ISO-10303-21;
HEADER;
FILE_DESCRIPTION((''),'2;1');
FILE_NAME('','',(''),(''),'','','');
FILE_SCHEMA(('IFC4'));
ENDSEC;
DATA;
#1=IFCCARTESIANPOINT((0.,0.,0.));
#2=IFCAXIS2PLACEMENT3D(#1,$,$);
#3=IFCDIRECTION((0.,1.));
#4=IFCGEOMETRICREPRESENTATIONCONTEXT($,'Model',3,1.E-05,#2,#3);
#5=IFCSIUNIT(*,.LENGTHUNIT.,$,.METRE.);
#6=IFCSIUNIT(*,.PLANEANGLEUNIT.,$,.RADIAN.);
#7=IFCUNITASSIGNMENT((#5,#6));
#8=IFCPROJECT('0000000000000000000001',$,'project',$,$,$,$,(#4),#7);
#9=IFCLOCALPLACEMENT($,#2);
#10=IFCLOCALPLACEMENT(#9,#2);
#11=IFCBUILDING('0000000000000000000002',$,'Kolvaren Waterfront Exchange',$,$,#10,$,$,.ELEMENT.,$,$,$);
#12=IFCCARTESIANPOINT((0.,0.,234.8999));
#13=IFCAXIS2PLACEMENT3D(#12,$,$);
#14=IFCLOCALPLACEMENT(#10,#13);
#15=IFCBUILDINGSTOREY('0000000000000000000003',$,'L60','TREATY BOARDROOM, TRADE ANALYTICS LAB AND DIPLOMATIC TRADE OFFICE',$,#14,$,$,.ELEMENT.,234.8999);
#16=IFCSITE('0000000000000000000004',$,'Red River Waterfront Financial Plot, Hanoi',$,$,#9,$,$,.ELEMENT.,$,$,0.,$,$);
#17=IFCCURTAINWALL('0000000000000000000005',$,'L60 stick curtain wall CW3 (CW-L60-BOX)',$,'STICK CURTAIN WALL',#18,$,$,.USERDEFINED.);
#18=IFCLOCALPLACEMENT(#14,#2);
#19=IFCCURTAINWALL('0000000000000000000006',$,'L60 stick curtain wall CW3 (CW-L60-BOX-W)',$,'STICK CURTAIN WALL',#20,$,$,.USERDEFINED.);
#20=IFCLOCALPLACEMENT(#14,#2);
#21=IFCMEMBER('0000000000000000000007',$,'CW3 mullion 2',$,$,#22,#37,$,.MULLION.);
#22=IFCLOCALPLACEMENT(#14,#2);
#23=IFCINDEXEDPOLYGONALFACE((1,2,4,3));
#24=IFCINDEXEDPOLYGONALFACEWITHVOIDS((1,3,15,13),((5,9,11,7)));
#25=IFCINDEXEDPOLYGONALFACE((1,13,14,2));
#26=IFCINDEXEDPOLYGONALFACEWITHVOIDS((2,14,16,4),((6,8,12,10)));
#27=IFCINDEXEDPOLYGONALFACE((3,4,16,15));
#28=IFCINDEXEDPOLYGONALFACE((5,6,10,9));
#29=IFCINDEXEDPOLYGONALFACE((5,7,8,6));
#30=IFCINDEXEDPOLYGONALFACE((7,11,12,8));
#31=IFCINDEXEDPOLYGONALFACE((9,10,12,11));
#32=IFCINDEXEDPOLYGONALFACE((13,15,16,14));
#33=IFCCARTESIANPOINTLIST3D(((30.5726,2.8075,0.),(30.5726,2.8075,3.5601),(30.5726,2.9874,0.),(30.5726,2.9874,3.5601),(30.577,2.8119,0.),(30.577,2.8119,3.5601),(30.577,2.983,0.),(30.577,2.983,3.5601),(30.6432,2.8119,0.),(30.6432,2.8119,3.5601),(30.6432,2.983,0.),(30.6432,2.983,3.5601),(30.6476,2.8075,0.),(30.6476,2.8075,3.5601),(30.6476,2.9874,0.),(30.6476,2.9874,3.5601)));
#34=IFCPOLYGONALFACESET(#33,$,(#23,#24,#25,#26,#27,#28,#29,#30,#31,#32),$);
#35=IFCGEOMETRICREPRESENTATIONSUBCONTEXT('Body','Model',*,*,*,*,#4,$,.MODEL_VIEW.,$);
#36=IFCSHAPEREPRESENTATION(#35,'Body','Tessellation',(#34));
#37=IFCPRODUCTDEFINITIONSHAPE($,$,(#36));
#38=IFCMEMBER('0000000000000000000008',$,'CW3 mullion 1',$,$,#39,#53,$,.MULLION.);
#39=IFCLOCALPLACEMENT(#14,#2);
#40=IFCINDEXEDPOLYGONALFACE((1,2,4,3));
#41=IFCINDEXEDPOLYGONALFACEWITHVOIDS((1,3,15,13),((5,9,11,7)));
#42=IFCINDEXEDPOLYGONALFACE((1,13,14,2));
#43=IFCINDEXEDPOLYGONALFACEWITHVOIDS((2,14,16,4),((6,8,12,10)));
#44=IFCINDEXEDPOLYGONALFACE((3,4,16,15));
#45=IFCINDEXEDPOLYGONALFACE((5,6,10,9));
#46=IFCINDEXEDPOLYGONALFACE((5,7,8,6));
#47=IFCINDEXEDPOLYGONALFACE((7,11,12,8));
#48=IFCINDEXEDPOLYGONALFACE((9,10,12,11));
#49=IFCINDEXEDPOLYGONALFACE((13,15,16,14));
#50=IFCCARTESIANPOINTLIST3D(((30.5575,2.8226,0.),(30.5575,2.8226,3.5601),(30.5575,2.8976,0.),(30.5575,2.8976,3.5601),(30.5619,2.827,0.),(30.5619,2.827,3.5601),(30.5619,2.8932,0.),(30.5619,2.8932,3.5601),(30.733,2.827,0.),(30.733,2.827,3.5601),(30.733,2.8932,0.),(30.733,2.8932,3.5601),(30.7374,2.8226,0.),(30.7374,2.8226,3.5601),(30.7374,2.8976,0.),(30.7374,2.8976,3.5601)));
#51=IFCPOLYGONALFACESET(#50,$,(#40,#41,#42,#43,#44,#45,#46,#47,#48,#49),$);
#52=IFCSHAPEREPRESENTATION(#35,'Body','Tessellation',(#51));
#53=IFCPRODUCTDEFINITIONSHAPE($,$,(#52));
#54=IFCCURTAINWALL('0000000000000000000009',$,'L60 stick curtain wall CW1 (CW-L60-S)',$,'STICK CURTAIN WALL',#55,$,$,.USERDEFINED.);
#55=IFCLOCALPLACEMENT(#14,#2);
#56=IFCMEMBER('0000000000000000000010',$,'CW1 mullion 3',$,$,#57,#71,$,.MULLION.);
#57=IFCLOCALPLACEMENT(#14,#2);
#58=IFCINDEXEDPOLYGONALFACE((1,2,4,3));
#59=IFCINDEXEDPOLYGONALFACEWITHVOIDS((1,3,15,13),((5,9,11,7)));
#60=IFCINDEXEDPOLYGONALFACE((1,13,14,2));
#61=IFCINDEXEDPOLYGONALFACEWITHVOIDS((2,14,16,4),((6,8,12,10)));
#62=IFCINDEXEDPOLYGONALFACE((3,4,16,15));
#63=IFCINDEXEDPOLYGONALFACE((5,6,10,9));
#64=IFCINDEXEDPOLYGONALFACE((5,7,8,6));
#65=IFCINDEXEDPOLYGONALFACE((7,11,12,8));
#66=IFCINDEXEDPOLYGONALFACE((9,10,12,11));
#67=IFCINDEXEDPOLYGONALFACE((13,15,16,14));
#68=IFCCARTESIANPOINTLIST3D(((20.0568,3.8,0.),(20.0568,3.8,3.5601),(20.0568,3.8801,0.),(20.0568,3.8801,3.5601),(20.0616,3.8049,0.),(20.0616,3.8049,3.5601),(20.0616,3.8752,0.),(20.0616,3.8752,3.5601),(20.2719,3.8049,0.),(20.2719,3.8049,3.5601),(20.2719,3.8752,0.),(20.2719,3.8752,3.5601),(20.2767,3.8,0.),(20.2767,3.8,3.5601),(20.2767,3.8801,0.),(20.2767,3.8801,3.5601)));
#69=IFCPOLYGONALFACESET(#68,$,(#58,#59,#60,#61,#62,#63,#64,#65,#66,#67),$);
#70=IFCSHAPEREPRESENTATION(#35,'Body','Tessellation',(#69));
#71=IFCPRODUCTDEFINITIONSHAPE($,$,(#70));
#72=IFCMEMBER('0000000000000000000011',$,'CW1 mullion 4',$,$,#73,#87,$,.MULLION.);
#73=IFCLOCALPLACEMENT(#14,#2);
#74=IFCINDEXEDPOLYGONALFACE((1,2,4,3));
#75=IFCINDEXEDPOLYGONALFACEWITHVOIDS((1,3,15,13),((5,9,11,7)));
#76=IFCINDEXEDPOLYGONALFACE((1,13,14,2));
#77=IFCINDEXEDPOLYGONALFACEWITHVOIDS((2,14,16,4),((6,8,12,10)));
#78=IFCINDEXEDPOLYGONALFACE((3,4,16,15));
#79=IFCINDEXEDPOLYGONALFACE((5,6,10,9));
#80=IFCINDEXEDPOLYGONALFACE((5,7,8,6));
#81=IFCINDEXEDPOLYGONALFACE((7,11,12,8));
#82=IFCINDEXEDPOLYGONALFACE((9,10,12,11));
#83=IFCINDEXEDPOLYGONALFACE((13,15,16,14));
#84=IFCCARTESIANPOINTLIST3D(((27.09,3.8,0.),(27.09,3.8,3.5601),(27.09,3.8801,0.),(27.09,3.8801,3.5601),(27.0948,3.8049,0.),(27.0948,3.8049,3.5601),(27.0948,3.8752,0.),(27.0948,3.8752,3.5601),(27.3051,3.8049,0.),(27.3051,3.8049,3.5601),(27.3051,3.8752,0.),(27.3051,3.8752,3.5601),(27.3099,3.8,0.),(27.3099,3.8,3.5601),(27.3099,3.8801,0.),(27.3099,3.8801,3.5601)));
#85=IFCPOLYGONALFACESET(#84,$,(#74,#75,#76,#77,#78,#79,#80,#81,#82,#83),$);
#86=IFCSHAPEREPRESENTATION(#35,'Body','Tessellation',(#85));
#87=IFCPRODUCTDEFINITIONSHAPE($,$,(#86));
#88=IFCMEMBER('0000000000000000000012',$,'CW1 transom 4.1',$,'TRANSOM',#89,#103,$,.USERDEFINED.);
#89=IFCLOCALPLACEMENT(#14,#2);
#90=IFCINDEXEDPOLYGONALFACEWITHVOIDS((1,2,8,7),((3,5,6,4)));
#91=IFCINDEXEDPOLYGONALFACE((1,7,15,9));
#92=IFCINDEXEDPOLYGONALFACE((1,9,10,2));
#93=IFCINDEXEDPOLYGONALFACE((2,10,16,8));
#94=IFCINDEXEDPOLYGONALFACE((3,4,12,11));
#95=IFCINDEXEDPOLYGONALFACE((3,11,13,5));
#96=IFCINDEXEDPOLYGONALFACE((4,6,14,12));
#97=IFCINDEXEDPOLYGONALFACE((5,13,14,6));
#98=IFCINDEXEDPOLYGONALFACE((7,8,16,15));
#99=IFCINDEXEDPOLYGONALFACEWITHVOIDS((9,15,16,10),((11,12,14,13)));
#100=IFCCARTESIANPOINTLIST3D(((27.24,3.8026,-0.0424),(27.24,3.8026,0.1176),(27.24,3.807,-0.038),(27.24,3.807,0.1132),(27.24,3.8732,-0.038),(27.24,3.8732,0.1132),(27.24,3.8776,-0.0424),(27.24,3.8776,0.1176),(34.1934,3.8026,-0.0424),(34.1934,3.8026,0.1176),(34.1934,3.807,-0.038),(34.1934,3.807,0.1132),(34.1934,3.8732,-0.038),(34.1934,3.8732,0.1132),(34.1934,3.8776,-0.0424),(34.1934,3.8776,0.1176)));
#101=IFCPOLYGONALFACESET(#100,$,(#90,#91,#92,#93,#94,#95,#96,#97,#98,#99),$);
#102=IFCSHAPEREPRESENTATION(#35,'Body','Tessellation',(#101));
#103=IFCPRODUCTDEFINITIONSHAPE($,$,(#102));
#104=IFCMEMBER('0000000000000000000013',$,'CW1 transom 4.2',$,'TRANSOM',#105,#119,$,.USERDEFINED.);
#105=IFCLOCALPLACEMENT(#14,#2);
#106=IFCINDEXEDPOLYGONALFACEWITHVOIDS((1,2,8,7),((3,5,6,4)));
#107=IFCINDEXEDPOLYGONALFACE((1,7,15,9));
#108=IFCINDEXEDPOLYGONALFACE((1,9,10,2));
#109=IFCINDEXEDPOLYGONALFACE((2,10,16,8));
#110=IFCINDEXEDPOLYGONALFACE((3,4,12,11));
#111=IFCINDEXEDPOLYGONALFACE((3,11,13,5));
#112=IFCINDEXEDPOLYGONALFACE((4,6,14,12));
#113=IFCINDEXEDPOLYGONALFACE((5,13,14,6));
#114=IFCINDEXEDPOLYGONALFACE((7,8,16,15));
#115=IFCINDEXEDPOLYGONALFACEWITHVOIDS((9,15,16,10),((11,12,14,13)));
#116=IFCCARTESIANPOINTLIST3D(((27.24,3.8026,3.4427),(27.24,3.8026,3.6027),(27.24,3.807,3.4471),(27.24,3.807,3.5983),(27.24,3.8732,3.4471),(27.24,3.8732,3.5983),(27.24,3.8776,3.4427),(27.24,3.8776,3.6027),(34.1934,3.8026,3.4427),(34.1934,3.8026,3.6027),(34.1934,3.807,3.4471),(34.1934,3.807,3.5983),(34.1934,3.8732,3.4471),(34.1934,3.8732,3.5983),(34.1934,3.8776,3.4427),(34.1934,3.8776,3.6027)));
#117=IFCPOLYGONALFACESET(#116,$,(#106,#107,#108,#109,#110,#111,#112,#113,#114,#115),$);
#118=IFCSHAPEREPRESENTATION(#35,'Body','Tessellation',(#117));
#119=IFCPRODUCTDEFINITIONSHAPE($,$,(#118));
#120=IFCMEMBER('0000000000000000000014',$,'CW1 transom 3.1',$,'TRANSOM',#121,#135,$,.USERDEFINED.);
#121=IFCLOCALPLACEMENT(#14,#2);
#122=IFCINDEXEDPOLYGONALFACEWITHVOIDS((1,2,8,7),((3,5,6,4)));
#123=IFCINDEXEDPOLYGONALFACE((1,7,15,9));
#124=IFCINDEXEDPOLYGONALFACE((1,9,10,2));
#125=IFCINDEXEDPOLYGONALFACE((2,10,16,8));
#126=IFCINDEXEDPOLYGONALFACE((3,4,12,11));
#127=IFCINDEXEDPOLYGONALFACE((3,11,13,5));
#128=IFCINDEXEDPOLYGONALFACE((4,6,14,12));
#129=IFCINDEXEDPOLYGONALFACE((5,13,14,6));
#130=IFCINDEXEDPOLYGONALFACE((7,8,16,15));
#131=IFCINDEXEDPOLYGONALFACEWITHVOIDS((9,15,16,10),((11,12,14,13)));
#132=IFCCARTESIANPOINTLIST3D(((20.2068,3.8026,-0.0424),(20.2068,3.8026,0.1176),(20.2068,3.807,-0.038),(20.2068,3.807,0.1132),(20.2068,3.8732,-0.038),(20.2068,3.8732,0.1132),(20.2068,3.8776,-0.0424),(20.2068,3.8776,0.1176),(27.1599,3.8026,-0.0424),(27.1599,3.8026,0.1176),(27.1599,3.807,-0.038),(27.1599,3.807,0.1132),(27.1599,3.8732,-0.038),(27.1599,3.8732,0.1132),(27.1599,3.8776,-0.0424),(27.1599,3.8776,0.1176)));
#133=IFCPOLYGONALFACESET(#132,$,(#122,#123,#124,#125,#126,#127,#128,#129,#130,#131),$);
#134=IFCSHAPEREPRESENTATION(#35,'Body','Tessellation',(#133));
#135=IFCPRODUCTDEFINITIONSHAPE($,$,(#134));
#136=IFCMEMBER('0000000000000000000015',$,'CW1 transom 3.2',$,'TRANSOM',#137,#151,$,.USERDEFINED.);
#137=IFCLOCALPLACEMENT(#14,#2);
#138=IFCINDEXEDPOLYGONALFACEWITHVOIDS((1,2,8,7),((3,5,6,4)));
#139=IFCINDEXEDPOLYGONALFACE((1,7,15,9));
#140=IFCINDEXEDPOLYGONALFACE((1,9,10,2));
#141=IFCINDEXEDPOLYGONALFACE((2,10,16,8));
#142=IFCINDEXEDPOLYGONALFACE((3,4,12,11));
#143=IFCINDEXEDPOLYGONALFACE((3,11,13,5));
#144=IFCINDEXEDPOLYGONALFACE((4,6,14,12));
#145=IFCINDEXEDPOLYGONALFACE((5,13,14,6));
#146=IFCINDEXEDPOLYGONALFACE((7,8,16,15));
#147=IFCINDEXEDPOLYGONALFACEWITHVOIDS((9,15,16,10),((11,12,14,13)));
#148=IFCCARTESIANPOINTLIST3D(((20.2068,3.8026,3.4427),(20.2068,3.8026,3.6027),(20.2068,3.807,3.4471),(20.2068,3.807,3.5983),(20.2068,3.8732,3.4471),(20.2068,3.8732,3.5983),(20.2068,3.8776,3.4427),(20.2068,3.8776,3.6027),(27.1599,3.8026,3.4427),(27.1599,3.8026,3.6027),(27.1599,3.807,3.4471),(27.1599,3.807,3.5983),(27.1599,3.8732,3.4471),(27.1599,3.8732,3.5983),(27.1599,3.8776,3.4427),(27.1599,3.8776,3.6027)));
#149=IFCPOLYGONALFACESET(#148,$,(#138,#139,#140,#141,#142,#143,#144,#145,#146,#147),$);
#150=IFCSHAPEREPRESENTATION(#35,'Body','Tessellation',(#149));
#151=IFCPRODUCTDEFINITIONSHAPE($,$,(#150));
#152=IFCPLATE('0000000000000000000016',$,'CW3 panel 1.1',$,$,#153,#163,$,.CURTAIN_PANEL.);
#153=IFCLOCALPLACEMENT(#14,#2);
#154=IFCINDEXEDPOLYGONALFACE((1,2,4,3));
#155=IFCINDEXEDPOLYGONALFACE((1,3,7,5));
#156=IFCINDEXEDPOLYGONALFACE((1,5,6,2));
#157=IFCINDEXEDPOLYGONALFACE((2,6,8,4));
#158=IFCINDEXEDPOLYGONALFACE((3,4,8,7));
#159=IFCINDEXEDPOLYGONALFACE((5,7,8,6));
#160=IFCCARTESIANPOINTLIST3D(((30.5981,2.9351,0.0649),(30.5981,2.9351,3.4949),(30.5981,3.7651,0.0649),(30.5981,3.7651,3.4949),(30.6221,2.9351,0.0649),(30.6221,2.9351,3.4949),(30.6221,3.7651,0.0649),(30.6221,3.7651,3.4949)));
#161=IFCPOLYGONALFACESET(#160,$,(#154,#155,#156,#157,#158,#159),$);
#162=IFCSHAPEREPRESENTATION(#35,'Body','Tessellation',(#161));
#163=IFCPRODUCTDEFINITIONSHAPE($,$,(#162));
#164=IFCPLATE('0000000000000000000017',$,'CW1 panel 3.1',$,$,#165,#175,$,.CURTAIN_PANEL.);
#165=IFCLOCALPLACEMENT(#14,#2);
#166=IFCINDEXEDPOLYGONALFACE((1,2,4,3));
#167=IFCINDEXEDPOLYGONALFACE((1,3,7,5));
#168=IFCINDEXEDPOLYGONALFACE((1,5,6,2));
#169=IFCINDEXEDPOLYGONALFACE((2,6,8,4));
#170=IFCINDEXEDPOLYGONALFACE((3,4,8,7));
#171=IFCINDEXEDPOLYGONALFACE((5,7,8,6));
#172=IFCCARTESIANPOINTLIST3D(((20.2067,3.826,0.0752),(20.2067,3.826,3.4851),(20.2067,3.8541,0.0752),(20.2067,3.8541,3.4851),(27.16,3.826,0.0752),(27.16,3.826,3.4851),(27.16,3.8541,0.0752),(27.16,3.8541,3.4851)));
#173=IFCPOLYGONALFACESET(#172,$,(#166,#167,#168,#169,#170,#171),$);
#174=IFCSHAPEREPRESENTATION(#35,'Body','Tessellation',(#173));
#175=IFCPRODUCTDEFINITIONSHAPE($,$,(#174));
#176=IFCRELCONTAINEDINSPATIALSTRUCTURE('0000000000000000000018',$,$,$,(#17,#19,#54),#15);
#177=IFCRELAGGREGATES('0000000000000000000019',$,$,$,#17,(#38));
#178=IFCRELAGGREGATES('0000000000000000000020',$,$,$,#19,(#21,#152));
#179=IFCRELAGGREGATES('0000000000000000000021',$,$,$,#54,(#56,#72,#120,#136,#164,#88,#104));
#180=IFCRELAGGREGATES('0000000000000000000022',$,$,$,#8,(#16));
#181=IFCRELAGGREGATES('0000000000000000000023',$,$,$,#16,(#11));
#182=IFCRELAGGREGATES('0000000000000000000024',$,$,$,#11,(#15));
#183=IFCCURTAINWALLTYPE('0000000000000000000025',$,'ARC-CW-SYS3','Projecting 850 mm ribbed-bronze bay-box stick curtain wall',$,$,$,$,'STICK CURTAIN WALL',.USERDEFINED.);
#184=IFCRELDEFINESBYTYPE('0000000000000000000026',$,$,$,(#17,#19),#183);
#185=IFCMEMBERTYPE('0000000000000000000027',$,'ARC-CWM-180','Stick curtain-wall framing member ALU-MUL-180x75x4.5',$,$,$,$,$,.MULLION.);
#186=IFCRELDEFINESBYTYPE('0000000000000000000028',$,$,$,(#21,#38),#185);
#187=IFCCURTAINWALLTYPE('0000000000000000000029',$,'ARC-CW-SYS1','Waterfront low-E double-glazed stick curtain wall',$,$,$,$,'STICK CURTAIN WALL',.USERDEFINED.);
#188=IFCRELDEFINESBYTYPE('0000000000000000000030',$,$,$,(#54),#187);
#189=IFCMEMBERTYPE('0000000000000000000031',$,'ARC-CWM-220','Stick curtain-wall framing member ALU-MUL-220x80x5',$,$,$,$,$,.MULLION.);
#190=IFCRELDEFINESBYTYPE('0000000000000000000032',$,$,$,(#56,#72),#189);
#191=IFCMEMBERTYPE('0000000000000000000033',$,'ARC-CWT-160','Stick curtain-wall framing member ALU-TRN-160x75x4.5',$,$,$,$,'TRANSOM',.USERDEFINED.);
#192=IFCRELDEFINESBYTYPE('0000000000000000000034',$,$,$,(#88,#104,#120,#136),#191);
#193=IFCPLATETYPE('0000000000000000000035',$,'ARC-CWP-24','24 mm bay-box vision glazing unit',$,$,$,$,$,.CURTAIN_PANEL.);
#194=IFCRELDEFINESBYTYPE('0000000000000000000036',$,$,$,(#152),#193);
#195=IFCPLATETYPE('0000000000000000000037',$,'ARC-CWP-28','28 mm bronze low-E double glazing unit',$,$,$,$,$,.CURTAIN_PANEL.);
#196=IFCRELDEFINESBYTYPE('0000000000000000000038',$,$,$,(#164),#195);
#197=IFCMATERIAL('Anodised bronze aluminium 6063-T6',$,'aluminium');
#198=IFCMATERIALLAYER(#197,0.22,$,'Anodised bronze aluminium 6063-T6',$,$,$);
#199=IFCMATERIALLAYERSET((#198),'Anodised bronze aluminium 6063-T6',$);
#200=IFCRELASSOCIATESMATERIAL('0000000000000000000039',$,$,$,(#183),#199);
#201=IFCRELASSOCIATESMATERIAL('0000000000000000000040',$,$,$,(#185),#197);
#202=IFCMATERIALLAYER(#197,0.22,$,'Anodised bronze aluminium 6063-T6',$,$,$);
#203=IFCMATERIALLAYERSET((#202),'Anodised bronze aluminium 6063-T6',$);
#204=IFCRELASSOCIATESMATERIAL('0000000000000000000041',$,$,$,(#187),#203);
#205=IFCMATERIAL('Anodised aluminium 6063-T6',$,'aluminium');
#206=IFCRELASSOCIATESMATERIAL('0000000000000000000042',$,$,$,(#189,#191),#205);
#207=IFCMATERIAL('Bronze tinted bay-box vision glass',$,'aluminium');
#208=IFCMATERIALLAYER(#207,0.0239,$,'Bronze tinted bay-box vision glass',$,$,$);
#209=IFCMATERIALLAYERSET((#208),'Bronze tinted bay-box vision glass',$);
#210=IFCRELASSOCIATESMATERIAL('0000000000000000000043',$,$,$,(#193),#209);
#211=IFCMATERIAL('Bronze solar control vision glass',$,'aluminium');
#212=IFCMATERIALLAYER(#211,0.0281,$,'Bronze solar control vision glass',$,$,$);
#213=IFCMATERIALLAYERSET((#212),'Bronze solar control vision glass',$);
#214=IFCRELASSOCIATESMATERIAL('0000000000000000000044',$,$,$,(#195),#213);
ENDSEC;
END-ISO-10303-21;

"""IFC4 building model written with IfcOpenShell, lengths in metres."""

from ifc_helpers import new_model, si_unit, direction, frame, origin, origin_with_axes, origin_2d, place, context, subcontext, project, spatial, rectangle, hollow_rectangle, extrude, source, transform, mapped, material, layer, layer_set, material_profile, profile_set, type_object, element, aggregate, save


model = new_model("IFC4")

# Units and contexts
model_context = context("Model", 3, precision=1e-05, world=origin(), true_north=direction((0.0, 1.0)))
body_context = subcontext(model_context, "Body", "Model", "MODEL_VIEW")
ifc_project = project(units=[si_unit("LENGTHUNIT", "METRE"), si_unit("PLANEANGLEUNIT", "RADIAN")], contexts=[model_context])

# Site, building, storey
site_placement = place(None, origin())
site = spatial("IfcSite", under=ifc_project, at=site_placement, Name="Red River Waterfront Financial Plot, Hanoi", CompositionType="ELEMENT", RefElevation=0.0)
building_placement = place(site_placement, origin())
building = spatial("IfcBuilding", under=site, at=building_placement, Name="Kolvaren Waterfront Exchange", CompositionType="ELEMENT")
storey_placement = place(building_placement, frame((0.0, 0.0, 234.8999)))
storey = spatial("IfcBuildingStorey", under=building, at=storey_placement, Name="L60", Description="TREATY BOARDROOM, TRADE ANALYTICS LAB AND DIPLOMATIC TRADE OFFICE", CompositionType="ELEMENT", Elevation=234.8999)

# Curtain wall
ifc_material_1 = material(Name="Anodised bronze aluminium 6063-T6", Category="aluminium")
ifc_layer_1 = layer(ifc_material_1, 0.22, Name="Anodised bronze aluminium 6063-T6")
ifc_layer_set_1 = layer_set([ifc_layer_1], Name="Anodised bronze aluminium 6063-T6")
curtain_wall_type_1 = type_object("IfcCurtainWallType", Name="ARC-CW-SYS3", Description="Projecting 850 mm ribbed-bronze bay-box stick curtain wall", ElementType="STICK CURTAIN WALL", PredefinedType="USERDEFINED", material=ifc_layer_set_1)
curtain_wall_1_placement = place(storey_placement, origin())
curtain_wall_1 = element("IfcCurtainWall", 1, at=curtain_wall_1_placement, inside=storey, type_object=curtain_wall_type_1, Name="L60 stick curtain wall CW3 (CW-L60-BOX)", ObjectType="STICK CURTAIN WALL", PredefinedType="USERDEFINED")

# Curtain wall, member
curtain_wall_2_placement = place(storey_placement, origin())
curtain_wall_2 = element("IfcCurtainWall", 2, at=curtain_wall_2_placement, inside=storey, type_object=curtain_wall_type_1, Name="L60 stick curtain wall CW3 (CW-L60-BOX-W)", ObjectType="STICK CURTAIN WALL", PredefinedType="USERDEFINED")
ifc_material_profile_1 = material_profile(ifc_material_1, hollow_rectangle(XDim=0.075, YDim=0.1799, WallThickness=0.0044, at=origin_2d()), Name="ALU-MUL-180x75x4.5")
ifc_profile_set_1 = profile_set([ifc_material_profile_1], Name="Anodised bronze aluminium 6063-T6")
member_type_1 = type_object("IfcMemberType", Name="ARC-CWM-180", Description="Stick curtain-wall framing member ALU-MUL-180x75x4.5", PredefinedType="MULLION", material=ifc_profile_set_1)
shared_shape_1 = source(origin_with_axes(), body_context, "Body", "SweptSolid", [
    extrude(hollow_rectangle(XDim=0.075, YDim=0.1799, WallThickness=0.0044, at=origin_2d()), origin(), (0.0, 0.0, 1.0), 3.5601),
])
member_1_placement = place(storey_placement, frame((30.6101, 2.8975, 0.0), z_axis=(0.0, 0.0, 1.0), x_axis=(1.0, 0.0, 0.0)))
member_1 = element("IfcMember", 3, at=member_1_placement, type_object=member_type_1, Name="CW3 mullion 2", PredefinedType="MULLION", context=body_context, shape_type="MappedRepresentation", body=[
    mapped(shared_shape_1, transform((0.0, 0.0, 0.0), x_axis=(1.0, 0.0, 0.0), y_axis=(0.0, 1.0, 0.0), z_axis=(0.0, 0.0, 1.0), scale=1.0)),
])

# Member
member_2_placement = place(storey_placement, frame((30.6475, 2.8601, 0.0), z_axis=(0.0, 0.0, 1.0), x_axis=(0.0, 1.0, 0.0)))
member_2 = element("IfcMember", 4, at=member_2_placement, type_object=member_type_1, Name="CW3 mullion 1", PredefinedType="MULLION", context=body_context, shape_type="MappedRepresentation", body=[
    mapped(shared_shape_1, transform((0.0, 0.0, 0.0), x_axis=(1.0, 0.0, 0.0), y_axis=(0.0, 1.0, 0.0), z_axis=(0.0, 0.0, 1.0), scale=1.0)),
])
aggregate(curtain_wall_1, [member_2])

# Curtain wall, members
ifc_layer_2 = layer(ifc_material_1, 0.22, Name="Anodised bronze aluminium 6063-T6")
ifc_layer_set_2 = layer_set([ifc_layer_2], Name="Anodised bronze aluminium 6063-T6")
curtain_wall_type_2 = type_object("IfcCurtainWallType", Name="ARC-CW-SYS1", Description="Waterfront low-E double-glazed stick curtain wall", ElementType="STICK CURTAIN WALL", PredefinedType="USERDEFINED", material=ifc_layer_set_2)
curtain_wall_3_placement = place(storey_placement, origin())
curtain_wall_3 = element("IfcCurtainWall", 5, at=curtain_wall_3_placement, inside=storey, type_object=curtain_wall_type_2, Name="L60 stick curtain wall CW1 (CW-L60-S)", ObjectType="STICK CURTAIN WALL", PredefinedType="USERDEFINED")
ifc_material_2 = material(Name="Anodised aluminium 6063-T6", Category="aluminium")
ifc_material_profile_2 = material_profile(ifc_material_2, hollow_rectangle(XDim=0.0801, YDim=0.22, WallThickness=0.0049, at=origin_2d()), Name="ALU-MUL-220x80x5")
ifc_profile_set_2 = profile_set([ifc_material_profile_2], Name="Anodised aluminium 6063-T6")
member_type_2 = type_object("IfcMemberType", Name="ARC-CWM-220", Description="Stick curtain-wall framing member ALU-MUL-220x80x5", PredefinedType="MULLION", material=ifc_profile_set_2)
shared_shape_2 = source(origin_with_axes(), body_context, "Body", "SweptSolid", [
    extrude(hollow_rectangle(XDim=0.0801, YDim=0.22, WallThickness=0.0049, at=origin_2d()), origin(), (0.0, 0.0, 1.0), 3.5601),
])
member_3_placement = place(storey_placement, frame((20.1667, 3.8401, 0.0), z_axis=(0.0, 0.0, 1.0), x_axis=(0.0, 1.0, 0.0)))
member_3 = element("IfcMember", 6, at=member_3_placement, type_object=member_type_2, Name="CW1 mullion 3", PredefinedType="MULLION", context=body_context, shape_type="MappedRepresentation", body=[
    mapped(shared_shape_2, transform((0.0, 0.0, 0.0), x_axis=(1.0, 0.0, 0.0), y_axis=(0.0, 1.0, 0.0), z_axis=(0.0, 0.0, 1.0), scale=1.0)),
])
member_4_placement = place(storey_placement, frame((27.2, 3.8401, 0.0), z_axis=(0.0, 0.0, 1.0), x_axis=(0.0, 1.0, 0.0)))
member_4 = element("IfcMember", 7, at=member_4_placement, type_object=member_type_2, Name="CW1 mullion 4", PredefinedType="MULLION", context=body_context, shape_type="MappedRepresentation", body=[
    mapped(shared_shape_2, transform((0.0, 0.0, 0.0), x_axis=(1.0, 0.0, 0.0), y_axis=(0.0, 1.0, 0.0), z_axis=(0.0, 0.0, 1.0), scale=1.0)),
])
ifc_material_profile_3 = material_profile(ifc_material_2, hollow_rectangle(XDim=0.075, YDim=0.1599, WallThickness=0.0044, at=origin_2d()), Name="ALU-TRN-160x75x4.5")
ifc_profile_set_3 = profile_set([ifc_material_profile_3], Name="Anodised aluminium 6063-T6")
member_type_3 = type_object("IfcMemberType", Name="ARC-CWT-160", Description="Stick curtain-wall framing member ALU-TRN-160x75x4.5", ElementType="TRANSOM", PredefinedType="USERDEFINED", material=ifc_profile_set_3)
shared_shape_3 = source(origin_with_axes(), body_context, "Body", "SweptSolid", [
    extrude(hollow_rectangle(XDim=0.075, YDim=0.1599, WallThickness=0.0044, at=origin_2d()), origin(), (0.0, 0.0, 1.0), 6.9534),
])
member_5_placement = place(storey_placement, frame((27.24, 3.8401, 0.0376), z_axis=(1.0, 0.0, 0.0), x_axis=(0.0, 1.0, 0.0)))
member_5 = element("IfcMember", 8, at=member_5_placement, type_object=member_type_3, Name="CW1 transom 4.1", ObjectType="TRANSOM", PredefinedType="USERDEFINED", context=body_context, shape_type="MappedRepresentation", body=[
    mapped(shared_shape_3, transform((0.0, 0.0, 0.0), x_axis=(1.0, 0.0, 0.0), y_axis=(0.0, 1.0, 0.0), z_axis=(0.0, 0.0, 1.0), scale=1.0)),
])
member_6_placement = place(storey_placement, frame((27.24, 3.8401, 3.5227), z_axis=(1.0, 0.0, 0.0), x_axis=(0.0, 1.0, 0.0)))
member_6 = element("IfcMember", 9, at=member_6_placement, type_object=member_type_3, Name="CW1 transom 4.2", ObjectType="TRANSOM", PredefinedType="USERDEFINED", context=body_context, shape_type="MappedRepresentation", body=[
    mapped(shared_shape_3, transform((0.0, 0.0, 0.0), x_axis=(1.0, 0.0, 0.0), y_axis=(0.0, 1.0, 0.0), z_axis=(0.0, 0.0, 1.0), scale=1.0)),
])
shared_shape_4 = source(origin_with_axes(), body_context, "Body", "SweptSolid", [
    extrude(hollow_rectangle(XDim=0.075, YDim=0.1599, WallThickness=0.0044, at=origin_2d()), origin(), (0.0, 0.0, 1.0), 6.9531),
])
member_7_placement = place(storey_placement, frame((20.2068, 3.8401, 0.0376), z_axis=(1.0, 0.0, 0.0), x_axis=(0.0, 1.0, 0.0)))
member_7 = element("IfcMember", 10, at=member_7_placement, type_object=member_type_3, Name="CW1 transom 3.1", ObjectType="TRANSOM", PredefinedType="USERDEFINED", context=body_context, shape_type="MappedRepresentation", body=[
    mapped(shared_shape_4, transform((0.0, 0.0, 0.0), x_axis=(1.0, 0.0, 0.0), y_axis=(0.0, 1.0, 0.0), z_axis=(0.0, 0.0, 1.0), scale=1.0)),
])
member_8_placement = place(storey_placement, frame((20.2068, 3.8401, 3.5227), z_axis=(1.0, 0.0, 0.0), x_axis=(0.0, 1.0, 0.0)))
member_8 = element("IfcMember", 11, at=member_8_placement, type_object=member_type_3, Name="CW1 transom 3.2", ObjectType="TRANSOM", PredefinedType="USERDEFINED", context=body_context, shape_type="MappedRepresentation", body=[
    mapped(shared_shape_4, transform((0.0, 0.0, 0.0), x_axis=(1.0, 0.0, 0.0), y_axis=(0.0, 1.0, 0.0), z_axis=(0.0, 0.0, 1.0), scale=1.0)),
])

# Plates
ifc_material_3 = material(Name="Bronze tinted bay-box vision glass", Category="aluminium")
ifc_layer_3 = layer(ifc_material_3, 0.0239, Name="Bronze tinted bay-box vision glass")
ifc_layer_set_3 = layer_set([ifc_layer_3], Name="Bronze tinted bay-box vision glass")
plate_type_1 = type_object("IfcPlateType", Name="ARC-CWP-24", Description="24 mm bay-box vision glazing unit", PredefinedType="CURTAIN_PANEL", material=ifc_layer_set_3)
shared_shape_5 = source(origin_with_axes(), body_context, "Body", "SweptSolid", [
    extrude(rectangle(XDim=0.8301, YDim=0.0239, at=origin_2d()), origin(), (0.0, 0.0, 1.0), 3.4299),
])
plate_1_placement = place(storey_placement, frame((30.6101, 3.3501, 0.0649), z_axis=(0.0, 0.0, 1.0), x_axis=(0.0, -1.0, 0.0)))
plate_1 = element("IfcPlate", 12, at=plate_1_placement, type_object=plate_type_1, Name="CW3 panel 1.1", PredefinedType="CURTAIN_PANEL", context=body_context, shape_type="MappedRepresentation", body=[
    mapped(shared_shape_5, transform((0.0, 0.0, 0.0), x_axis=(1.0, 0.0, 0.0), y_axis=(0.0, 1.0, 0.0), z_axis=(0.0, 0.0, 1.0), scale=1.0)),
])
aggregate(curtain_wall_2, [member_1, plate_1])
ifc_material_4 = material(Name="Bronze solar control vision glass", Category="aluminium")
ifc_layer_4 = layer(ifc_material_4, 0.0281, Name="Bronze solar control vision glass")
ifc_layer_set_4 = layer_set([ifc_layer_4], Name="Bronze solar control vision glass")
plate_type_2 = type_object("IfcPlateType", Name="ARC-CWP-28", Description="28 mm bronze low-E double glazing unit", PredefinedType="CURTAIN_PANEL", material=ifc_layer_set_4)
shared_shape_6 = source(origin_with_axes(), body_context, "Body", "SweptSolid", [
    extrude(rectangle(XDim=6.9534, YDim=0.0281, at=origin_2d()), origin(), (0.0, 0.0, 1.0), 3.4099),
])
plate_2_placement = place(storey_placement, frame((23.6833, 3.8401, 0.0752), z_axis=(0.0, 0.0, 1.0), x_axis=(1.0, 0.0, 0.0)))
plate_2 = element("IfcPlate", 13, at=plate_2_placement, type_object=plate_type_2, Name="CW1 panel 3.1", PredefinedType="CURTAIN_PANEL", context=body_context, shape_type="MappedRepresentation", body=[
    mapped(shared_shape_6, transform((0.0, 0.0, 0.0), x_axis=(1.0, 0.0, 0.0), y_axis=(0.0, 1.0, 0.0), z_axis=(0.0, 0.0, 1.0), scale=1.0)),
])
aggregate(curtain_wall_3, [member_3, member_4, member_7, member_8, plate_2, member_5, member_6])

save(model, "model.ifc")
